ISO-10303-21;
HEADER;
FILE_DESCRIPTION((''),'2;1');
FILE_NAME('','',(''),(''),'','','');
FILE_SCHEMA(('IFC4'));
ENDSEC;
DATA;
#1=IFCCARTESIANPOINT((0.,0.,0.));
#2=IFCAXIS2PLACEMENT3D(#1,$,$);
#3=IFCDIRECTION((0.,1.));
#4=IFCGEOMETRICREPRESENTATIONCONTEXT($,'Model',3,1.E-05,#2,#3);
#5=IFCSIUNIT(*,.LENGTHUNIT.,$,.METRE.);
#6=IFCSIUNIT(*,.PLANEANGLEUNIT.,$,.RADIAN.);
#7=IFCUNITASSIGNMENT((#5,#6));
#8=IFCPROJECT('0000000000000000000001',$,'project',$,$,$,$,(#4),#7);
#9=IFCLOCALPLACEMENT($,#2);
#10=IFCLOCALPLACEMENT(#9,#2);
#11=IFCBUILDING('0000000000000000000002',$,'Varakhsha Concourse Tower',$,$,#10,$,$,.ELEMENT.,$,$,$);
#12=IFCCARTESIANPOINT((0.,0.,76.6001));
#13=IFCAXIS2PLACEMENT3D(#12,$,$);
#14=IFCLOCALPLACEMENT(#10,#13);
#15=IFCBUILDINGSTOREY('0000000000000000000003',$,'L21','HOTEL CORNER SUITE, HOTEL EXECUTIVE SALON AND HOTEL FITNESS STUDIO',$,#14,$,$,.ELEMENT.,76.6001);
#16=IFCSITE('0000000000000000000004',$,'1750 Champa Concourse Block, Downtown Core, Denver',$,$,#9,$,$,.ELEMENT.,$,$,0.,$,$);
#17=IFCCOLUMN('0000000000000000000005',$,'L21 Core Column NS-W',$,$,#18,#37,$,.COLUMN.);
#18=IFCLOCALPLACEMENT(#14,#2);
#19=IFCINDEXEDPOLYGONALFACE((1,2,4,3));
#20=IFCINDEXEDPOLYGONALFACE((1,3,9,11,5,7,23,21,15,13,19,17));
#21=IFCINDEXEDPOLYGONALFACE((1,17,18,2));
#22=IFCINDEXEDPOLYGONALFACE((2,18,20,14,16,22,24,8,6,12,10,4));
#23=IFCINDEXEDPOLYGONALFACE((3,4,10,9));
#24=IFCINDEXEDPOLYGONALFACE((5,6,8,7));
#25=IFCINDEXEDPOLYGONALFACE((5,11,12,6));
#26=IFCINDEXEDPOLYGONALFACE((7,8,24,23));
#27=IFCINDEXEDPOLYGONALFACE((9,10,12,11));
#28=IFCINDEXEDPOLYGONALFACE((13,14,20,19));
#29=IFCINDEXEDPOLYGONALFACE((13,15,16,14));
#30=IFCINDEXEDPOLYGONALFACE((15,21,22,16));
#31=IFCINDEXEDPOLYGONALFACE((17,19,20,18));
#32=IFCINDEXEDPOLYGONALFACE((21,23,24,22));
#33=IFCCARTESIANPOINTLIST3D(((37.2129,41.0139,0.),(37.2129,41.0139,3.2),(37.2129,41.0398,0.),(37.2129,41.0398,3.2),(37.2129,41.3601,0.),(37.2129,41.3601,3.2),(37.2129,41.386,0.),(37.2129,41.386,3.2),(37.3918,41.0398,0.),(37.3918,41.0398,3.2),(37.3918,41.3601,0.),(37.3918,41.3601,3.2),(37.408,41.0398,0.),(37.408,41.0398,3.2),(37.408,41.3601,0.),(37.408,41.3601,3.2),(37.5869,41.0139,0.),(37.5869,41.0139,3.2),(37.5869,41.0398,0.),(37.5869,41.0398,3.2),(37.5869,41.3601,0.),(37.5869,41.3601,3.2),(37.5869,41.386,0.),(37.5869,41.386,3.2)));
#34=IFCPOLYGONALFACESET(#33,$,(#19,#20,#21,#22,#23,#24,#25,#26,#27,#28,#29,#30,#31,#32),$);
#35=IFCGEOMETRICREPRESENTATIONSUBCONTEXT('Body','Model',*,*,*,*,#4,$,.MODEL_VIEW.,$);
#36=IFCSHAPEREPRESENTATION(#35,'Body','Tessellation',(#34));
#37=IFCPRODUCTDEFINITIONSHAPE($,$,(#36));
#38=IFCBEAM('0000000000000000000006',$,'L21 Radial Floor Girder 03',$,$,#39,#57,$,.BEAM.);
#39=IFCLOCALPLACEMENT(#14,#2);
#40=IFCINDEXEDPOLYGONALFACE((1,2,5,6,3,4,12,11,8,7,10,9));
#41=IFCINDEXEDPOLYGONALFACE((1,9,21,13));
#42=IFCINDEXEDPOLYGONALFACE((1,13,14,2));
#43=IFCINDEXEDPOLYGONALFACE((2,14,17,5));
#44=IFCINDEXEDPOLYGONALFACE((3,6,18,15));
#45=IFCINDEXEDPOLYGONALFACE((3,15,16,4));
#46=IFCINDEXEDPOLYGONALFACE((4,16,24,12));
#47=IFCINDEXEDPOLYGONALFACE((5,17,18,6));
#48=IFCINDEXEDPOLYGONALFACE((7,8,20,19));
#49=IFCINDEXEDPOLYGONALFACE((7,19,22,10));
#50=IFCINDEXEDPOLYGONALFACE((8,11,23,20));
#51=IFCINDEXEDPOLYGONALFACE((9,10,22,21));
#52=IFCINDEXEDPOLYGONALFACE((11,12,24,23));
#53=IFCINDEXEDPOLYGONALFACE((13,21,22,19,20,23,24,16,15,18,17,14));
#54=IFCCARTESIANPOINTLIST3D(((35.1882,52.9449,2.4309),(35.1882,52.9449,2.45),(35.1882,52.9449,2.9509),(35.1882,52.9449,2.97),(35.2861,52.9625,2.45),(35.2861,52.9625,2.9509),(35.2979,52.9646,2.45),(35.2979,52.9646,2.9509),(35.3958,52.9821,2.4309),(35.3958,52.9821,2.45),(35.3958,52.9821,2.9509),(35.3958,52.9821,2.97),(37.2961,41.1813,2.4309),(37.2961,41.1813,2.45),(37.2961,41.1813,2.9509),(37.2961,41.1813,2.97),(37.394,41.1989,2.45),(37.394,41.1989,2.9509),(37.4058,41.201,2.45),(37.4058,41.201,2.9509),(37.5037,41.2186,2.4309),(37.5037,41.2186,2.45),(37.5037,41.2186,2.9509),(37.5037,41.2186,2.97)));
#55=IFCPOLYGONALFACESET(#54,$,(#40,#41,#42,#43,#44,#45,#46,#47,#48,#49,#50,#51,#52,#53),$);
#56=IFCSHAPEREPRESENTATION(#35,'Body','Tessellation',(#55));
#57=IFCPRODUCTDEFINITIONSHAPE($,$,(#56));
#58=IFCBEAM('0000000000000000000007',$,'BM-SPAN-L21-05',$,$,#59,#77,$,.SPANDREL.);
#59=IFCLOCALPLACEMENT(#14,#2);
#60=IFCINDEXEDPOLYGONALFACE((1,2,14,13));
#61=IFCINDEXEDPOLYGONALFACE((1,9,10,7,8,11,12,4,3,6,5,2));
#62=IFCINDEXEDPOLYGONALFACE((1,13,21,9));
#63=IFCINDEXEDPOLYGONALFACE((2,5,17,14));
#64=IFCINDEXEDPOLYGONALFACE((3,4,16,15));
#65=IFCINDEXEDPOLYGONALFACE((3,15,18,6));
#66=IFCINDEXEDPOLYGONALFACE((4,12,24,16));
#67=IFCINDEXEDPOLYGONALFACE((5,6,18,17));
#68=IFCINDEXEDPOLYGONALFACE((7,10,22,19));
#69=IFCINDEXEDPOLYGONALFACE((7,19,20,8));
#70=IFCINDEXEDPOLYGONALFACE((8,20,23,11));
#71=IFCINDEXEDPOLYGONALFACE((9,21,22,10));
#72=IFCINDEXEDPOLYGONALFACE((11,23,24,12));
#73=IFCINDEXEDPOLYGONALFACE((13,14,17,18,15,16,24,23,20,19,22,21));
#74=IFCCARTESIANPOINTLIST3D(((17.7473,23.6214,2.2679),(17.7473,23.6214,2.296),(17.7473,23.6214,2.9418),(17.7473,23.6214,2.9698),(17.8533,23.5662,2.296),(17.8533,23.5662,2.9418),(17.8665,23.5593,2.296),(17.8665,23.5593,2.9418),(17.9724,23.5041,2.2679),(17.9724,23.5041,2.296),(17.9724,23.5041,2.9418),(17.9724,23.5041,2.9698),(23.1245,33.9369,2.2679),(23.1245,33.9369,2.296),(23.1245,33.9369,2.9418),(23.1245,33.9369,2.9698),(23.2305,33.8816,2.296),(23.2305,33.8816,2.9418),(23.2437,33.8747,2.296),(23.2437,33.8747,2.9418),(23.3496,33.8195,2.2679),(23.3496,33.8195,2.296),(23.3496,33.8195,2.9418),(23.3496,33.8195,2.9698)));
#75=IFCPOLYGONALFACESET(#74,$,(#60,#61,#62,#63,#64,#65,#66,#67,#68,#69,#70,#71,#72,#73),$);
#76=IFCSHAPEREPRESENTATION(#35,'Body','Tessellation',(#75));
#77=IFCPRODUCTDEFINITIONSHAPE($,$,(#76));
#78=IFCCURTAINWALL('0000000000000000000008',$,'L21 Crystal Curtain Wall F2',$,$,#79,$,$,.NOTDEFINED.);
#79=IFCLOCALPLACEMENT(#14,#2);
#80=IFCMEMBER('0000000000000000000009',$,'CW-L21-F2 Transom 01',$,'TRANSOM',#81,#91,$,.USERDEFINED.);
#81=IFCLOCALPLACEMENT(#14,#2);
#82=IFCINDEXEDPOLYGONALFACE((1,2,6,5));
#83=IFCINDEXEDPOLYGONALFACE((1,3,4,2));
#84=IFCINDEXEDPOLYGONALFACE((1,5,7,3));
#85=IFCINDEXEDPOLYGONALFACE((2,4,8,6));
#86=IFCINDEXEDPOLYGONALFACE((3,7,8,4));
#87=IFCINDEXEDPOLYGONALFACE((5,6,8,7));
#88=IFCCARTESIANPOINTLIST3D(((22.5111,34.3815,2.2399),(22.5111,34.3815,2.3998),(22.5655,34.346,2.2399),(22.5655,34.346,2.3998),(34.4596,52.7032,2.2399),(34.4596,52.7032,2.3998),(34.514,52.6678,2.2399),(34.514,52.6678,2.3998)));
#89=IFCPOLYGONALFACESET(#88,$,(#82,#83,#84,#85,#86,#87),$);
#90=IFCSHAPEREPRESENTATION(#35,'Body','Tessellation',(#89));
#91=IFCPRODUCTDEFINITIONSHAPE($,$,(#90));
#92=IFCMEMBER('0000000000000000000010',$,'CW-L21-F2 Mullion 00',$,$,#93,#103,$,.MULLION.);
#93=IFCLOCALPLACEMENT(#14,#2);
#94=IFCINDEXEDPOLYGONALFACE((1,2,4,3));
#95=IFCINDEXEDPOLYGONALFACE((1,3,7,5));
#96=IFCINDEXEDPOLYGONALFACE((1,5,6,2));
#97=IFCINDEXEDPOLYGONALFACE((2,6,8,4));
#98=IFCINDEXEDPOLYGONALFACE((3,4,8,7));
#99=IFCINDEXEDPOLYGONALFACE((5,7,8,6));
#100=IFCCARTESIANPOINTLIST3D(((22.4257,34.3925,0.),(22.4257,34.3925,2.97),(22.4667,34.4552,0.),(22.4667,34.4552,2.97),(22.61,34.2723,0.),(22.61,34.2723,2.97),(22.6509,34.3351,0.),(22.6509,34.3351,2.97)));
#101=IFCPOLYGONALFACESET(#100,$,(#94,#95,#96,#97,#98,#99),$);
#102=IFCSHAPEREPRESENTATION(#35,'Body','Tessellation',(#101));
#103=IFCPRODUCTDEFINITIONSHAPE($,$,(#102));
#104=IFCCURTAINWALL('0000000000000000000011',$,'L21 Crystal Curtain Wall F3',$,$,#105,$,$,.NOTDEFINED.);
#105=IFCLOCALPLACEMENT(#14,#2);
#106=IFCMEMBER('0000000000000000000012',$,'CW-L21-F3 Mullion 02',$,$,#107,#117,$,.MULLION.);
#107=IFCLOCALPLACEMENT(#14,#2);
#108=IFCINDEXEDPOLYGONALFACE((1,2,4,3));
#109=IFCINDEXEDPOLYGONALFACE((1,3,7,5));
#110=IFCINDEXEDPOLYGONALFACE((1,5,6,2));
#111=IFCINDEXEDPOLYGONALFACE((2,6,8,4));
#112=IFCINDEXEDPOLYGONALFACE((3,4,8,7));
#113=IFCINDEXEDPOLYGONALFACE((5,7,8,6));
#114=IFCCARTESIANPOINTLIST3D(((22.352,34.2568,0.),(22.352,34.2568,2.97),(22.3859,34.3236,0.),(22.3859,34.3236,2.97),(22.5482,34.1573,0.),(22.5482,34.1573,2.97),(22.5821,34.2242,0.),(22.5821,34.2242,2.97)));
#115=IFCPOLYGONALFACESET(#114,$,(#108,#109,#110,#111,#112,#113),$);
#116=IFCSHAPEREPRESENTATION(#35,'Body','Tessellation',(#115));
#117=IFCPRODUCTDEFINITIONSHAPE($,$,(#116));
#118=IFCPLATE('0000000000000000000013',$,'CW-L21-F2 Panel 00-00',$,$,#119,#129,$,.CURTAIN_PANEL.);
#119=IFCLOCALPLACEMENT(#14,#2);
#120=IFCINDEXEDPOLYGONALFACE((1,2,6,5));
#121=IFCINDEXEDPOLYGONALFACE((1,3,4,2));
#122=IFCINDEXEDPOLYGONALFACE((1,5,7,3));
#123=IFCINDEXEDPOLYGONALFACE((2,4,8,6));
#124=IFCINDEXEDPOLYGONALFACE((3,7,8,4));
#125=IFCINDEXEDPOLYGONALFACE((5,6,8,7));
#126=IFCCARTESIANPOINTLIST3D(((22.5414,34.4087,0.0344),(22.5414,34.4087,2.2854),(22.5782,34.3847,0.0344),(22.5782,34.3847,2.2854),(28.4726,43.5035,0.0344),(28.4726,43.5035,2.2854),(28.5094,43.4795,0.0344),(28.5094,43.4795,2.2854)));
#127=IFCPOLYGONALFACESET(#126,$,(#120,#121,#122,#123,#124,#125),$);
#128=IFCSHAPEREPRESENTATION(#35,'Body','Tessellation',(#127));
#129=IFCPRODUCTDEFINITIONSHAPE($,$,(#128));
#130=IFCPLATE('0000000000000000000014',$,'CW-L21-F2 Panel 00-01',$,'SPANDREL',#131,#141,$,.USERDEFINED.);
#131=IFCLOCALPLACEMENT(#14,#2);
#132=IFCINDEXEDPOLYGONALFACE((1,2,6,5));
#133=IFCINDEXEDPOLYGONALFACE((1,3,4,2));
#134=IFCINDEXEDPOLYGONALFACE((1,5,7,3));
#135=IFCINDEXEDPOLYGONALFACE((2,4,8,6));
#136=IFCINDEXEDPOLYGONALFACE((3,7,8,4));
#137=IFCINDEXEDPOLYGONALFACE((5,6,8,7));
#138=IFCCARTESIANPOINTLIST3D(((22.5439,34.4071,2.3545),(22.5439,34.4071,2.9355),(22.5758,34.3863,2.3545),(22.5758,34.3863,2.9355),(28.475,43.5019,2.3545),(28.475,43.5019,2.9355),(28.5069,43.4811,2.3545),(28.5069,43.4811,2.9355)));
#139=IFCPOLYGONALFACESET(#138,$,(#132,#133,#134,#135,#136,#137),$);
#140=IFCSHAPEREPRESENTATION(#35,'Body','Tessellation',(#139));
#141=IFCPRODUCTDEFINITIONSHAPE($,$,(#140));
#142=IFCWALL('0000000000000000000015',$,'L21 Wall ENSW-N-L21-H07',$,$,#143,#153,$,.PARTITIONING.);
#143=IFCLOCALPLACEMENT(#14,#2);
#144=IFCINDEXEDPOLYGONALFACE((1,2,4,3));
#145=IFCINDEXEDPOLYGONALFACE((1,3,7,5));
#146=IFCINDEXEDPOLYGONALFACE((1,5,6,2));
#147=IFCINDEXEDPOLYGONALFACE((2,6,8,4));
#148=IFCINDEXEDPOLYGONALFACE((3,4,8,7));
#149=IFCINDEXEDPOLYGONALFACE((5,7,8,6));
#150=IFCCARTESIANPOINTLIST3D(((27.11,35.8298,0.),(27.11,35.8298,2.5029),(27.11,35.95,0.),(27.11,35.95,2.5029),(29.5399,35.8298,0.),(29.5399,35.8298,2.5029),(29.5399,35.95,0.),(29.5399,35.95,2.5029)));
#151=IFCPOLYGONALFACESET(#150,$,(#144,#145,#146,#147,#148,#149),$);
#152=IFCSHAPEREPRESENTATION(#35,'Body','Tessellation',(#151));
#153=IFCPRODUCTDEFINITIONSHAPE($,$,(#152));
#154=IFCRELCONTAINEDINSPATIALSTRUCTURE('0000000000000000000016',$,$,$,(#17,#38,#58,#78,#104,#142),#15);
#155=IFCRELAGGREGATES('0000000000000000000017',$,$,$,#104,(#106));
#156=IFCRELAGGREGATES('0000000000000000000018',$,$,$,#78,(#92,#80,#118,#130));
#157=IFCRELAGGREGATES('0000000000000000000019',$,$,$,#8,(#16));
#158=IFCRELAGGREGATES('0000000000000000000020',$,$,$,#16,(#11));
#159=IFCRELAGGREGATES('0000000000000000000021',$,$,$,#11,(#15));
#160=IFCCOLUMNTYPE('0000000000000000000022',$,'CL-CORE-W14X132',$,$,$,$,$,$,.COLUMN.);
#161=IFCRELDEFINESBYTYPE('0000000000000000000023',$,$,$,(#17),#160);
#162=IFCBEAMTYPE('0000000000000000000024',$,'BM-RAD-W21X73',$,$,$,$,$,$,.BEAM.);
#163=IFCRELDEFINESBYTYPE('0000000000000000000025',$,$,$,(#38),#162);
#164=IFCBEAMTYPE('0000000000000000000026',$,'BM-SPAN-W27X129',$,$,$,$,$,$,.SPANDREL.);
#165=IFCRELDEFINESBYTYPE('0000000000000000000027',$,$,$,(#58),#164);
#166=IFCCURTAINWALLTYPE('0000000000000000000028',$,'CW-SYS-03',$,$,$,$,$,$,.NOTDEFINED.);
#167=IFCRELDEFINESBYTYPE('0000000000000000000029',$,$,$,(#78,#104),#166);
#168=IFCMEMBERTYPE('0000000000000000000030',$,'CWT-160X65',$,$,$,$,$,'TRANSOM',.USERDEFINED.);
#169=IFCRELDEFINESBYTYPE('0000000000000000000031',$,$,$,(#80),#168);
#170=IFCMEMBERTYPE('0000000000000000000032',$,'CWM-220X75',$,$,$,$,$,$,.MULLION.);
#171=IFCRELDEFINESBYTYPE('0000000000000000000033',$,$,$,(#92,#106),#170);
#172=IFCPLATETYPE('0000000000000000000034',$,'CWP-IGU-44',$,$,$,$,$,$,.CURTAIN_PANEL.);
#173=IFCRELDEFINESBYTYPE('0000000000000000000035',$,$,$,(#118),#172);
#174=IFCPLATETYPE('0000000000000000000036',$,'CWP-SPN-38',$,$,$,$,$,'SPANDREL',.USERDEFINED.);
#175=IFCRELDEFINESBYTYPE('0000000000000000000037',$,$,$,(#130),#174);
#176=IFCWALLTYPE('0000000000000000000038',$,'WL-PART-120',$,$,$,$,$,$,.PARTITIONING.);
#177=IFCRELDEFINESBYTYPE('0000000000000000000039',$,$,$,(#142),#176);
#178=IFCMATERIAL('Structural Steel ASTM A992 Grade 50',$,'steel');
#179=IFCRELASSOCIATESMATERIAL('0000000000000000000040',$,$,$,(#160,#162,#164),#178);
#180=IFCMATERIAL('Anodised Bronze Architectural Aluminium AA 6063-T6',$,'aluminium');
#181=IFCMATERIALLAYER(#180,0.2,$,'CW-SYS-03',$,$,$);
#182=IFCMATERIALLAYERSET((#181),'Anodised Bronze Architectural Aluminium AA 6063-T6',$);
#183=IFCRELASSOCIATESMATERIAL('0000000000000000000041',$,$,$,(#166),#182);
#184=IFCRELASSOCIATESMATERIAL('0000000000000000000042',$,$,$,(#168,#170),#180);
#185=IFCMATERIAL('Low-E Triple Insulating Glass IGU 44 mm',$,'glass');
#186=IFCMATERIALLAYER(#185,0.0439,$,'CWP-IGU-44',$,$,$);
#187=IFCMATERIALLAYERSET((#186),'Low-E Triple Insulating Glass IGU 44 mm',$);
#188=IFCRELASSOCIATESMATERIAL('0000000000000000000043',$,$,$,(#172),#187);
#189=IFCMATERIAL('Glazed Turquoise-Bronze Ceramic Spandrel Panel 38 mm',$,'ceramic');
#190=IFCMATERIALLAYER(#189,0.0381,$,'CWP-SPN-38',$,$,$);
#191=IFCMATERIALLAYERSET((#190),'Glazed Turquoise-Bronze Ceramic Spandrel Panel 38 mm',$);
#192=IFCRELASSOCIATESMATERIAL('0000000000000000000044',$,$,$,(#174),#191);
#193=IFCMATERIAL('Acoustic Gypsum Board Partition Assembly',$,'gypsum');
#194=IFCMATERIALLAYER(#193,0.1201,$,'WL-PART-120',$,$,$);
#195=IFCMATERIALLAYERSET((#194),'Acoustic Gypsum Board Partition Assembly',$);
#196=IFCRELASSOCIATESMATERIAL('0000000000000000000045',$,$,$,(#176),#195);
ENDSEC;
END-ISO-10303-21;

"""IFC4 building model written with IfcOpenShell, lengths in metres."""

from ifc_helpers import new_model, si_unit, direction, frame, frame_2d, origin, origin_2d, place, context, subcontext, project, spatial, rectangle, i_section, extrude, source, transform, mapped, material, layer, layer_set, material_profile, profile_set, type_object, type_shapes, element, aggregate, save


model = new_model("IFC4")

# Units and contexts
model_context = context("Model", 3, precision=1e-05, world=origin(), true_north=direction((0.0, 1.0)))
body_context = subcontext(model_context, "Body", "Model", "MODEL_VIEW")
ifc_project = project(units=[si_unit("LENGTHUNIT", "METRE"), si_unit("PLANEANGLEUNIT", "RADIAN")], contexts=[model_context])

# Site, building, storey
site_placement = place(None, origin())
site = spatial("IfcSite", under=ifc_project, at=site_placement, Name="1750 Champa Concourse Block, Downtown Core, Denver", CompositionType="ELEMENT", RefElevation=0.0)
building_placement = place(site_placement, origin())
building = spatial("IfcBuilding", under=site, at=building_placement, Name="Varakhsha Concourse Tower", CompositionType="ELEMENT")
storey_placement = place(building_placement, frame((0.0, 0.0, 76.6001)))
storey = spatial("IfcBuildingStorey", under=building, at=storey_placement, Name="L21", Description="HOTEL CORNER SUITE, HOTEL EXECUTIVE SALON AND HOTEL FITNESS STUDIO", CompositionType="ELEMENT", Elevation=76.6001)

# Column
ifc_material_1 = material(Name="Structural Steel ASTM A992 Grade 50", Category="steel")
ifc_material_profile_1 = material_profile(ifc_material_1, i_section(OverallWidth=0.374, OverallDepth=0.3721, WebThickness=0.0161, FlangeThickness=0.0259, at=origin_2d()), Name="W14X132")
ifc_profile_set_1 = profile_set([ifc_material_profile_1], Name="Structural Steel ASTM A992 Grade 50")
column_type = type_object("IfcColumnType", Name="CL-CORE-W14X132", PredefinedType="COLUMN", material=ifc_profile_set_1)
column_placement = place(storey_placement, frame((37.3999, 41.2, 0.0), z_axis=(0.0, 0.0, 1.0), x_axis=(1.0, 0.0, 0.0)))
element("IfcColumn", 1, at=column_placement, inside=storey, type_object=column_type, Name="L21 Core Column NS-W", PredefinedType="COLUMN", context=body_context, shape_type="SweptSolid", body=[
    extrude(i_section(OverallWidth=0.374, OverallDepth=0.3721, WebThickness=0.0161, FlangeThickness=0.0259, at=origin_2d()), origin(), (0.0, 0.0, 1.0), 3.2),
])

# Beams
ifc_material_profile_2 = material_profile(ifc_material_1, i_section(OverallWidth=0.2109, OverallDepth=0.5391, WebThickness=0.012, FlangeThickness=0.019, at=origin_2d()), Name="W21X73")
ifc_profile_set_2 = profile_set([ifc_material_profile_2], Name="Structural Steel ASTM A992 Grade 50")
beam_type_1 = type_object("IfcBeamType", Name="BM-RAD-W21X73", PredefinedType="BEAM", material=ifc_profile_set_2)
beam_1_placement = place(storey_placement, frame((37.3999, 41.2, 2.7004), z_axis=(-0.176379, 0.984322, 0.0), x_axis=(-0.984322, -0.176379, 0.0)))
element("IfcBeam", 2, at=beam_1_placement, inside=storey, type_object=beam_type_1, Name="L21 Radial Floor Girder 03", PredefinedType="BEAM", context=body_context, shape_type="SweptSolid", body=[
    extrude(i_section(OverallWidth=0.2109, OverallDepth=0.5391, WebThickness=0.012, FlangeThickness=0.019, at=origin_2d()), origin(), (0.0, 0.0, 1.0), 11.9509),
])
ifc_material_profile_3 = material_profile(ifc_material_1, i_section(OverallWidth=0.2539, OverallDepth=0.7019, WebThickness=0.0149, FlangeThickness=0.0281, at=origin_2d()), Name="W27X129")
ifc_profile_set_3 = profile_set([ifc_material_profile_3], Name="Structural Steel ASTM A992 Grade 50")
beam_type_2 = type_object("IfcBeamType", Name="BM-SPAN-W27X129", PredefinedType="SPANDREL", material=ifc_profile_set_3)
beam_2_placement = place(storey_placement, frame((23.2371, 33.8782, 2.6189), z_axis=(-0.462244, -0.886753, 0.0), x_axis=(0.886753, -0.462244, 0.0)))
element("IfcBeam", 3, at=beam_2_placement, inside=storey, type_object=beam_type_2, Name="BM-SPAN-L21-05", PredefinedType="SPANDREL", context=body_context, shape_type="SweptSolid", body=[
    extrude(i_section(OverallWidth=0.2539, OverallDepth=0.7019, WebThickness=0.0149, FlangeThickness=0.0281, at=origin_2d()), origin(), (0.0, 0.0, 1.0), 11.6328),
])

# Curtain wall, members
ifc_material_2 = material(Name="Anodised Bronze Architectural Aluminium AA 6063-T6", Category="aluminium")
ifc_layer_1 = layer(ifc_material_2, 0.2, Name="CW-SYS-03")
ifc_layer_set_1 = layer_set([ifc_layer_1], Name="Anodised Bronze Architectural Aluminium AA 6063-T6")
curtain_wall_type = type_object("IfcCurtainWallType", Name="CW-SYS-03", PredefinedType="NOTDEFINED", material=ifc_layer_set_1)
curtain_wall_1_placement = place(storey_placement, origin())
curtain_wall_1 = element("IfcCurtainWall", 4, at=curtain_wall_1_placement, inside=storey, type_object=curtain_wall_type, Name="L21 Crystal Curtain Wall F2", PredefinedType="NOTDEFINED")
ifc_material_profile_4 = material_profile(ifc_material_2, rectangle(XDim=0.0649, YDim=0.1599, at=origin_2d()), Name="CWT-160X65")
ifc_profile_set_4 = profile_set([ifc_material_profile_4], Name="Anodised Bronze Architectural Aluminium AA 6063-T6")
member_type_1 = type_object("IfcMemberType", Name="CWT-160X65", ElementType="TRANSOM", PredefinedType="USERDEFINED", material=ifc_profile_set_4)
shared_shape_1 = source(origin(), body_context, "Body", "SweptSolid", [
    extrude(rectangle(XDim=0.0649, YDim=0.1599, at=origin_2d()), origin(), (0.0, 0.0, 1.0), 21.8735),
])
type_shapes(member_type_1, [shared_shape_1])
member_1_placement = place(storey_placement, frame((22.5383, 34.3638, 2.3198), z_axis=(0.546252, 0.837621, 0.0), x_axis=(-0.837621, 0.546252, 0.0)))
member_1 = element("IfcMember", 5, at=member_1_placement, type_object=member_type_1, Name="CW-L21-F2 Transom 01", ObjectType="TRANSOM", PredefinedType="USERDEFINED", context=body_context, shape_type="MappedRepresentation", body=[
    mapped(shared_shape_1, transform((0.0, 0.0, 0.0), scale=1.0)),
])
ifc_material_profile_5 = material_profile(ifc_material_2, rectangle(XDim=0.075, YDim=0.22, at=origin_2d()), Name="CWM-220X75")
ifc_profile_set_5 = profile_set([ifc_material_profile_5], Name="Anodised Bronze Architectural Aluminium AA 6063-T6")
member_type_2 = type_object("IfcMemberType", Name="CWM-220X75", PredefinedType="MULLION", material=ifc_profile_set_5)
shared_shape_2 = source(origin(), body_context, "Body", "SweptSolid", [
    extrude(rectangle(XDim=0.075, YDim=0.22, at=origin_2d()), origin(), (0.0, 0.0, 1.0), 2.97),
])
type_shapes(member_type_2, [shared_shape_2])
member_2_placement = place(storey_placement, frame((22.5383, 34.3638, 0.0), z_axis=(0.0, 0.0, 1.0), x_axis=(0.54625, 0.837622, 0.0)))
member_2 = element("IfcMember", 6, at=member_2_placement, type_object=member_type_2, Name="CW-L21-F2 Mullion 00", PredefinedType="MULLION", context=body_context, shape_type="MappedRepresentation", body=[
    mapped(shared_shape_2, transform((0.0, 0.0, 0.0), scale=1.0)),
])

# Curtain wall, member
curtain_wall_2_placement = place(storey_placement, origin())
curtain_wall_2 = element("IfcCurtainWall", 7, at=curtain_wall_2_placement, inside=storey, type_object=curtain_wall_type, Name="L21 Crystal Curtain Wall F3", PredefinedType="NOTDEFINED")
member_3_placement = place(storey_placement, frame((22.467, 34.2405, 0.0), z_axis=(0.0, 0.0, 1.0), x_axis=(0.452274, 0.891879, 0.0)))
member_3 = element("IfcMember", 8, at=member_3_placement, type_object=member_type_2, Name="CW-L21-F3 Mullion 02", PredefinedType="MULLION", context=body_context, shape_type="MappedRepresentation", body=[
    mapped(shared_shape_2, transform((0.0, 0.0, 0.0), scale=1.0)),
])
aggregate(curtain_wall_2, [member_3])

# Plates
ifc_material_3 = material(Name="Low-E Triple Insulating Glass IGU 44 mm", Category="glass")
ifc_layer_2 = layer(ifc_material_3, 0.0439, Name="CWP-IGU-44")
ifc_layer_set_2 = layer_set([ifc_layer_2], Name="Low-E Triple Insulating Glass IGU 44 mm")
plate_type_1 = type_object("IfcPlateType", Name="CWP-IGU-44", PredefinedType="CURTAIN_PANEL", material=ifc_layer_set_2)
shared_shape_3 = source(origin(), body_context, "Body", "SweptSolid", [
    extrude(rectangle(XDim=10.8579, YDim=0.0439, at=origin_2d()), origin(), (0.0, 0.0, 1.0), 2.251),
])
type_shapes(plate_type_1, [shared_shape_3])
plate_1_placement = place(storey_placement, frame((25.5254, 38.9441, 0.0344), z_axis=(0.0, 0.0, 1.0), x_axis=(0.54625, 0.837622, 0.0)))
plate_1 = element("IfcPlate", 9, at=plate_1_placement, type_object=plate_type_1, Name="CW-L21-F2 Panel 00-00", PredefinedType="CURTAIN_PANEL", context=body_context, shape_type="MappedRepresentation", body=[
    mapped(shared_shape_3, transform((0.0, 0.0, 0.0), scale=1.0)),
])
ifc_material_4 = material(Name="Glazed Turquoise-Bronze Ceramic Spandrel Panel 38 mm", Category="ceramic")
ifc_layer_3 = layer(ifc_material_4, 0.0381, Name="CWP-SPN-38")
ifc_layer_set_3 = layer_set([ifc_layer_3], Name="Glazed Turquoise-Bronze Ceramic Spandrel Panel 38 mm")
plate_type_2 = type_object("IfcPlateType", Name="CWP-SPN-38", ElementType="SPANDREL", PredefinedType="USERDEFINED", material=ifc_layer_set_3)
shared_shape_4 = source(origin(), body_context, "Body", "SweptSolid", [
    extrude(rectangle(XDim=10.8579, YDim=0.0381, at=origin_2d()), origin(), (0.0, 0.0, 1.0), 0.5811),
])
type_shapes(plate_type_2, [shared_shape_4])
plate_2_placement = place(storey_placement, frame((25.5254, 38.9441, 2.3545), z_axis=(0.0, 0.0, 1.0), x_axis=(0.54625, 0.837622, 0.0)))
plate_2 = element("IfcPlate", 10, at=plate_2_placement, type_object=plate_type_2, Name="CW-L21-F2 Panel 00-01", ObjectType="SPANDREL", PredefinedType="USERDEFINED", context=body_context, shape_type="MappedRepresentation", body=[
    mapped(shared_shape_4, transform((0.0, 0.0, 0.0), scale=1.0)),
])
aggregate(curtain_wall_1, [member_2, member_1, plate_1, plate_2])

# Wall
ifc_material_5 = material(Name="Acoustic Gypsum Board Partition Assembly", Category="gypsum")
ifc_layer_4 = layer(ifc_material_5, 0.1201, Name="WL-PART-120")
ifc_layer_set_4 = layer_set([ifc_layer_4], Name="Acoustic Gypsum Board Partition Assembly")
wall_type_1 = type_object("IfcWallType", Name="WL-PART-120", PredefinedType="PARTITIONING", material=ifc_layer_set_4)
wall_1_placement = place(storey_placement, frame((27.1101, 35.8899, 0.0), z_axis=(0.0, 0.0, 1.0), x_axis=(1.0, 0.0, 0.0)))
element("IfcWall", 11, at=wall_1_placement, inside=storey, type_object=wall_type_1, Name="L21 Wall ENSW-N-L21-H07", PredefinedType="PARTITIONING", context=body_context, shape_type="SweptSolid", body=[
    extrude(rectangle(XDim=2.4299, YDim=0.1201, at=frame_2d((1.2148, 0.0))), origin(), (0.0, 0.0, 1.0), 2.5029),
])

save(model, "model.ifc")
